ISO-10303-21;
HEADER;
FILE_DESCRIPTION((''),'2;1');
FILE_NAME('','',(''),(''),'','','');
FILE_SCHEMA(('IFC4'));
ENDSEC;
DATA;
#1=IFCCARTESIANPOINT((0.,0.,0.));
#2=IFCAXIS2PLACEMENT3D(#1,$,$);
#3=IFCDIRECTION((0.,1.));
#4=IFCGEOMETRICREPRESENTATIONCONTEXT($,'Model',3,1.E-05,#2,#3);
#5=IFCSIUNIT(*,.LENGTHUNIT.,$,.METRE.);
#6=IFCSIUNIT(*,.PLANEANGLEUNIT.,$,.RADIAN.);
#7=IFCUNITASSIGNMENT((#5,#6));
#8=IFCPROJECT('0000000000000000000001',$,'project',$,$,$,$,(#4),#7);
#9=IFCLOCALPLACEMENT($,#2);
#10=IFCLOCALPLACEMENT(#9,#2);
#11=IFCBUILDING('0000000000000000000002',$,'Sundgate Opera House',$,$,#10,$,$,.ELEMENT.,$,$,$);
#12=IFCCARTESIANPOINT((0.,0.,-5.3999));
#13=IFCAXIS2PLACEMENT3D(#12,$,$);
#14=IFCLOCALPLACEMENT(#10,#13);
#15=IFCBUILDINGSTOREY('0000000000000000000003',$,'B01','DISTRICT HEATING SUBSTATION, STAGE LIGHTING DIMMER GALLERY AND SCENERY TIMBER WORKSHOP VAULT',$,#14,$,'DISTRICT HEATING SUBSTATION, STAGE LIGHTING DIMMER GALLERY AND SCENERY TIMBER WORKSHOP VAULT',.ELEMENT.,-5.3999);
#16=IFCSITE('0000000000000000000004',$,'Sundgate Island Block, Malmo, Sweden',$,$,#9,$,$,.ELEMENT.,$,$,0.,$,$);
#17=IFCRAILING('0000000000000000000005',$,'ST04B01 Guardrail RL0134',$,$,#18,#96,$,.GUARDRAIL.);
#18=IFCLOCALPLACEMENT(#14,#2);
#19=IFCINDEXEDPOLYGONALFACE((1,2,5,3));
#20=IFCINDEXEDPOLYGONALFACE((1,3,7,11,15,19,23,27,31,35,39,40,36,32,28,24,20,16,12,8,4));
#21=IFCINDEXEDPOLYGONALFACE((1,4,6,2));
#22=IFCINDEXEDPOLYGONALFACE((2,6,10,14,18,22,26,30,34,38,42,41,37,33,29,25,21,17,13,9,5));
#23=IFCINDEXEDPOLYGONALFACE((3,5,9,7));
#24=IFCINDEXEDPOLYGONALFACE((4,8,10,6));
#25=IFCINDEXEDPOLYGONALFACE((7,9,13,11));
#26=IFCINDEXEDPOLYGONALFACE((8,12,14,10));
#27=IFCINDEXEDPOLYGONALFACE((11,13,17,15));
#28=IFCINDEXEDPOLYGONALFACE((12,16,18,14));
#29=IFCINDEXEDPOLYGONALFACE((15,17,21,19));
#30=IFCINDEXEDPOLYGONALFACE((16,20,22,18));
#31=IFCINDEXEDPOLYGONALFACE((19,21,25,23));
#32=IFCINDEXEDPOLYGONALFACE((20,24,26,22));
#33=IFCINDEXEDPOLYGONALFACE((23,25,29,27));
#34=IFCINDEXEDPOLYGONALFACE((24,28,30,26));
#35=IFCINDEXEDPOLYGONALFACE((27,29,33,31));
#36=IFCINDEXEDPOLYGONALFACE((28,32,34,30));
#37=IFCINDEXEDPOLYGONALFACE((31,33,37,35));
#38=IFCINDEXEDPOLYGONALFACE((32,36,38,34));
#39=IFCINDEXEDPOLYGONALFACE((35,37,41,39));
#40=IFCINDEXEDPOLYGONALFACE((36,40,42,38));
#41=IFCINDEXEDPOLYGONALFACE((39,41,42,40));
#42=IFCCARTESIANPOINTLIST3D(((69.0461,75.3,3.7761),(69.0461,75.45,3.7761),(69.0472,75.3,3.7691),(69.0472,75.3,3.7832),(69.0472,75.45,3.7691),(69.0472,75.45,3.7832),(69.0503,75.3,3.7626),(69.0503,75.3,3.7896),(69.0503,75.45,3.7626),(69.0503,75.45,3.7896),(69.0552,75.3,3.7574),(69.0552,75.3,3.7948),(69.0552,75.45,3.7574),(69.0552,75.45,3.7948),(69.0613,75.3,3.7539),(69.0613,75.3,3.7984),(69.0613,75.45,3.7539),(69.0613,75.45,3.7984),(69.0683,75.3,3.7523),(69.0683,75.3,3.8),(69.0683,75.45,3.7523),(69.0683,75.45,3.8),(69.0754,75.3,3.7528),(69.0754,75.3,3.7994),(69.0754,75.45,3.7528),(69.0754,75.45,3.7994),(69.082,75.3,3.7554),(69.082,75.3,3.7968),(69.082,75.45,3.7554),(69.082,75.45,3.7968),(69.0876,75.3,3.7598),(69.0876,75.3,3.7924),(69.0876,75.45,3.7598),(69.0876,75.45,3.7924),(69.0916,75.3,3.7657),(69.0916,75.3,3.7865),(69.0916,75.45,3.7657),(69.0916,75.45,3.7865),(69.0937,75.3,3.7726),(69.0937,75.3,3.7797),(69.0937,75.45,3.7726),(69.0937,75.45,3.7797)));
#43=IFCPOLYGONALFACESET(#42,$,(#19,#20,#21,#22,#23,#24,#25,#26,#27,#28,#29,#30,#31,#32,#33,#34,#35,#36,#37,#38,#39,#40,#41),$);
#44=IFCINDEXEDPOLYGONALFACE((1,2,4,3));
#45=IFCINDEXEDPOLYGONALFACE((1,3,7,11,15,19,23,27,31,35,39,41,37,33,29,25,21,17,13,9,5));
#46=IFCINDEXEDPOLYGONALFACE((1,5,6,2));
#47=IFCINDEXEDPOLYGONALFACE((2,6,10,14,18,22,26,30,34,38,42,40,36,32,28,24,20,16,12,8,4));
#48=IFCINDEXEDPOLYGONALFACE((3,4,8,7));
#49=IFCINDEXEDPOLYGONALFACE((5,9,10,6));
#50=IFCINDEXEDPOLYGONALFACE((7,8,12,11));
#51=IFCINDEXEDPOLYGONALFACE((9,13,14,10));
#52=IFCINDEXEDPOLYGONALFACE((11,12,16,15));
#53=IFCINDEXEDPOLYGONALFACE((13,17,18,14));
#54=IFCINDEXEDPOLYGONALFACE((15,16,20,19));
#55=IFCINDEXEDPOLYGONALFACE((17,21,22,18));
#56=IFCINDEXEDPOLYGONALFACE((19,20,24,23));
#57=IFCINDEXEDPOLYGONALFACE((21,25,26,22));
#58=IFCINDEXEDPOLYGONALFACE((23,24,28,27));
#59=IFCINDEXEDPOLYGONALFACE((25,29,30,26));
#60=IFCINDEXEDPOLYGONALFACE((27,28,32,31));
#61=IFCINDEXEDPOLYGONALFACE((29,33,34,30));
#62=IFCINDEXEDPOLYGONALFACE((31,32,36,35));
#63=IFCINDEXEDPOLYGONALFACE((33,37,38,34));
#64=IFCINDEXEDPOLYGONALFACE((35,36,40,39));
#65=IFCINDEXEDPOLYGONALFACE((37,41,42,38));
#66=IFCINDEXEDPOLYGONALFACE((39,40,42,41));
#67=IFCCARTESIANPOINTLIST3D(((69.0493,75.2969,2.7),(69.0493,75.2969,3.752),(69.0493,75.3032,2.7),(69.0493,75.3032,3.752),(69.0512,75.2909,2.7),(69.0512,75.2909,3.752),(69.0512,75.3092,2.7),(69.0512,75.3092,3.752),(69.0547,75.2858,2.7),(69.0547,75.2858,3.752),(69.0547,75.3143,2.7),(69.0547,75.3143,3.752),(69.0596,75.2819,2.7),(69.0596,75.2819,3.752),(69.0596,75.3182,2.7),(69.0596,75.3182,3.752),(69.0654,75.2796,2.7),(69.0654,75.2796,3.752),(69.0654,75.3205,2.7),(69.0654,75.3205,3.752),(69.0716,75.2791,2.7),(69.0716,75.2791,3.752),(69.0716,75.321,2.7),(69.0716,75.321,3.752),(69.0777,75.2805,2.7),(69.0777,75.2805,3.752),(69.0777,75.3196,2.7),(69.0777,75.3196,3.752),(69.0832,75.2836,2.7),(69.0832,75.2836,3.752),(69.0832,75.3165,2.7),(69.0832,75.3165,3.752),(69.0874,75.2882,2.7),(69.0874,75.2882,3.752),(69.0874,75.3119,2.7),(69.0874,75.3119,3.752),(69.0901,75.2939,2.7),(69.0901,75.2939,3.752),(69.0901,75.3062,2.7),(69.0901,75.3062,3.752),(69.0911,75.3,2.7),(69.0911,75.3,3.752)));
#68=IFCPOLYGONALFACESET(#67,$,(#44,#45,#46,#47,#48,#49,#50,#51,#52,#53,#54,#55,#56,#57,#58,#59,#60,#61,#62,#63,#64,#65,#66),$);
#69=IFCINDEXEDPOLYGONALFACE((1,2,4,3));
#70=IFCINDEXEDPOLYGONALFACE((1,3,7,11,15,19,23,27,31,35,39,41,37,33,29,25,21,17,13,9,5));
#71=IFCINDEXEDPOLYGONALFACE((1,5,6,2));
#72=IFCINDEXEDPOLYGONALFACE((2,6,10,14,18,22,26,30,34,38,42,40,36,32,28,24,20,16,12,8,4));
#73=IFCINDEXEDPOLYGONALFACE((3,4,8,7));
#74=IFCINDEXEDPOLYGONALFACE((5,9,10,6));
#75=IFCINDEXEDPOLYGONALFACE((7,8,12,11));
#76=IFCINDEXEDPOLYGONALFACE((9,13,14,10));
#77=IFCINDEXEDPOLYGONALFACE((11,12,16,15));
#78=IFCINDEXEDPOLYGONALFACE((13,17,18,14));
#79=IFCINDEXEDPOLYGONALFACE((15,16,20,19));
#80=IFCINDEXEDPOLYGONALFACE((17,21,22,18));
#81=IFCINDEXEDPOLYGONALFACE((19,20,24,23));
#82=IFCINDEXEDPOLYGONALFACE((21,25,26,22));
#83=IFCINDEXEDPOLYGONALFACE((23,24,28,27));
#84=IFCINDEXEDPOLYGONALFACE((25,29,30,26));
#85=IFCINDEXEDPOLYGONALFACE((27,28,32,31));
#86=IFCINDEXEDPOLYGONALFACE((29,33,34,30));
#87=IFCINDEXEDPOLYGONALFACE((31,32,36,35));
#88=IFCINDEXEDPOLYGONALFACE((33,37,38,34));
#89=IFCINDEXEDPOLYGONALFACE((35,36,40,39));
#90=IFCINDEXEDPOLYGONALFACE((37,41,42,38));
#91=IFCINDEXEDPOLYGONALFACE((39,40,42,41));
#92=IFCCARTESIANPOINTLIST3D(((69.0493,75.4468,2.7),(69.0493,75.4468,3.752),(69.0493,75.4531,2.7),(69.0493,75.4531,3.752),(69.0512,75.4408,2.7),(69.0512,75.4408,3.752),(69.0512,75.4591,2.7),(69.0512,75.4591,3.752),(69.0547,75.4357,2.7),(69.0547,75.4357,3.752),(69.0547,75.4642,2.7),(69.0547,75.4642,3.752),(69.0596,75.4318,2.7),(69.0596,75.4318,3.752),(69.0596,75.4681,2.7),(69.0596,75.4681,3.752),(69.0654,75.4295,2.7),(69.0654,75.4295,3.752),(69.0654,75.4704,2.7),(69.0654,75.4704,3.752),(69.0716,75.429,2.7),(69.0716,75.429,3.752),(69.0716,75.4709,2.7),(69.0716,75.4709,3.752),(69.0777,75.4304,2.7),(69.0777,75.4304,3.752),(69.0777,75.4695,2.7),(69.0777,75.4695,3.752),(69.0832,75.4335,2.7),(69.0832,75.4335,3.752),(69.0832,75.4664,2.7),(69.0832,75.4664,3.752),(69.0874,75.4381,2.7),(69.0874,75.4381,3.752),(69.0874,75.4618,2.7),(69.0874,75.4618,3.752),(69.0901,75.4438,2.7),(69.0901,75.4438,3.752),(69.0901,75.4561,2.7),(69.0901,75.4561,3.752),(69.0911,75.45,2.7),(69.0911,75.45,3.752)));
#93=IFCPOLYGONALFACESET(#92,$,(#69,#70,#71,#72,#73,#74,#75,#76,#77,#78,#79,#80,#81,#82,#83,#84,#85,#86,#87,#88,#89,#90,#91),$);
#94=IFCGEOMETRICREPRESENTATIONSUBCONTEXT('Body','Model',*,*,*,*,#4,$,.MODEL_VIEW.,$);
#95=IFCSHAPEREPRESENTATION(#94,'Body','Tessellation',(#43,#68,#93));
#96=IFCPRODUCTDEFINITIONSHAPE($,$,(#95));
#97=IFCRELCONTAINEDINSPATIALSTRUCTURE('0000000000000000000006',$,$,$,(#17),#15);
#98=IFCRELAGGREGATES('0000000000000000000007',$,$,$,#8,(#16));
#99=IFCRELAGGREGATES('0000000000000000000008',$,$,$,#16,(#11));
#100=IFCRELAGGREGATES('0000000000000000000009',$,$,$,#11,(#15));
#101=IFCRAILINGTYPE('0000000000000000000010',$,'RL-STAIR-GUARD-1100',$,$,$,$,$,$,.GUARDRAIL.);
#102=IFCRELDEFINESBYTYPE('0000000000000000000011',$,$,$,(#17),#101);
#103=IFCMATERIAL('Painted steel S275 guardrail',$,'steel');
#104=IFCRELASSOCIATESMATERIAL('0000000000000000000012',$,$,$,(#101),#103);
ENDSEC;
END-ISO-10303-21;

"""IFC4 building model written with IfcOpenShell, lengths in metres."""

from ifc_helpers import new_model, si_unit, direction, frame, origin, origin_2d, place, context, subcontext, project, spatial, circle, extrude, material, type_object, element, save


model = new_model("IFC4")

# Units and contexts
model_context = context("Model", 3, precision=1e-05, world=origin(), true_north=direction((0.0, 1.0)))
body_context = subcontext(model_context, "Body", "Model", "MODEL_VIEW")
ifc_project = project(units=[si_unit("LENGTHUNIT", "METRE"), si_unit("PLANEANGLEUNIT", "RADIAN")], contexts=[model_context])

# Site, building, storey
site_placement = place(None, origin())
site = spatial("IfcSite", under=ifc_project, at=site_placement, Name="Sundgate Island Block, Malmo, Sweden", CompositionType="ELEMENT", RefElevation=0.0)
building_placement = place(site_placement, origin())
building = spatial("IfcBuilding", under=site, at=building_placement, Name="Sundgate Opera House", CompositionType="ELEMENT")
storey_placement = place(building_placement, frame((0.0, 0.0, -5.3999)))
storey = spatial("IfcBuildingStorey", under=building, at=storey_placement, Name="B01", Description="DISTRICT HEATING SUBSTATION, STAGE LIGHTING DIMMER GALLERY AND SCENERY TIMBER WORKSHOP VAULT", LongName="DISTRICT HEATING SUBSTATION, STAGE LIGHTING DIMMER GALLERY AND SCENERY TIMBER WORKSHOP VAULT", CompositionType="ELEMENT", Elevation=-5.3999)

# Railing
ifc_material_1 = material(Name="Painted steel S275 guardrail", Category="steel")
railing_type_1 = type_object("IfcRailingType", Name="RL-STAIR-GUARD-1100", PredefinedType="GUARDRAIL", material=ifc_material_1)
railing_1_placement = place(storey_placement, frame((69.0701, 75.3, 2.7)))
element("IfcRailing", 1, at=railing_1_placement, inside=storey, type_object=railing_type_1, Name="ST04B01 Guardrail RL0134", PredefinedType="GUARDRAIL", context=body_context, shape_type="SweptSolid", body=[
    extrude(circle(Radius=0.0239, at=origin_2d()), frame((0.0, 0.0, 1.0762), z_axis=(0.0, 1.0, 0.0), x_axis=(-1.0, 0.0, 0.0)), (0.0, 0.0, 1.0), 0.1499),
    extrude(circle(Radius=0.021, at=origin_2d()), origin(), (0.0, 0.0, 1.0), 1.052),
    extrude(circle(Radius=0.021, at=origin_2d()), frame((0.0, 0.1499, 0.0)), (0.0, 0.0, 1.0), 1.052),
])

save(model, "model.ifc")
